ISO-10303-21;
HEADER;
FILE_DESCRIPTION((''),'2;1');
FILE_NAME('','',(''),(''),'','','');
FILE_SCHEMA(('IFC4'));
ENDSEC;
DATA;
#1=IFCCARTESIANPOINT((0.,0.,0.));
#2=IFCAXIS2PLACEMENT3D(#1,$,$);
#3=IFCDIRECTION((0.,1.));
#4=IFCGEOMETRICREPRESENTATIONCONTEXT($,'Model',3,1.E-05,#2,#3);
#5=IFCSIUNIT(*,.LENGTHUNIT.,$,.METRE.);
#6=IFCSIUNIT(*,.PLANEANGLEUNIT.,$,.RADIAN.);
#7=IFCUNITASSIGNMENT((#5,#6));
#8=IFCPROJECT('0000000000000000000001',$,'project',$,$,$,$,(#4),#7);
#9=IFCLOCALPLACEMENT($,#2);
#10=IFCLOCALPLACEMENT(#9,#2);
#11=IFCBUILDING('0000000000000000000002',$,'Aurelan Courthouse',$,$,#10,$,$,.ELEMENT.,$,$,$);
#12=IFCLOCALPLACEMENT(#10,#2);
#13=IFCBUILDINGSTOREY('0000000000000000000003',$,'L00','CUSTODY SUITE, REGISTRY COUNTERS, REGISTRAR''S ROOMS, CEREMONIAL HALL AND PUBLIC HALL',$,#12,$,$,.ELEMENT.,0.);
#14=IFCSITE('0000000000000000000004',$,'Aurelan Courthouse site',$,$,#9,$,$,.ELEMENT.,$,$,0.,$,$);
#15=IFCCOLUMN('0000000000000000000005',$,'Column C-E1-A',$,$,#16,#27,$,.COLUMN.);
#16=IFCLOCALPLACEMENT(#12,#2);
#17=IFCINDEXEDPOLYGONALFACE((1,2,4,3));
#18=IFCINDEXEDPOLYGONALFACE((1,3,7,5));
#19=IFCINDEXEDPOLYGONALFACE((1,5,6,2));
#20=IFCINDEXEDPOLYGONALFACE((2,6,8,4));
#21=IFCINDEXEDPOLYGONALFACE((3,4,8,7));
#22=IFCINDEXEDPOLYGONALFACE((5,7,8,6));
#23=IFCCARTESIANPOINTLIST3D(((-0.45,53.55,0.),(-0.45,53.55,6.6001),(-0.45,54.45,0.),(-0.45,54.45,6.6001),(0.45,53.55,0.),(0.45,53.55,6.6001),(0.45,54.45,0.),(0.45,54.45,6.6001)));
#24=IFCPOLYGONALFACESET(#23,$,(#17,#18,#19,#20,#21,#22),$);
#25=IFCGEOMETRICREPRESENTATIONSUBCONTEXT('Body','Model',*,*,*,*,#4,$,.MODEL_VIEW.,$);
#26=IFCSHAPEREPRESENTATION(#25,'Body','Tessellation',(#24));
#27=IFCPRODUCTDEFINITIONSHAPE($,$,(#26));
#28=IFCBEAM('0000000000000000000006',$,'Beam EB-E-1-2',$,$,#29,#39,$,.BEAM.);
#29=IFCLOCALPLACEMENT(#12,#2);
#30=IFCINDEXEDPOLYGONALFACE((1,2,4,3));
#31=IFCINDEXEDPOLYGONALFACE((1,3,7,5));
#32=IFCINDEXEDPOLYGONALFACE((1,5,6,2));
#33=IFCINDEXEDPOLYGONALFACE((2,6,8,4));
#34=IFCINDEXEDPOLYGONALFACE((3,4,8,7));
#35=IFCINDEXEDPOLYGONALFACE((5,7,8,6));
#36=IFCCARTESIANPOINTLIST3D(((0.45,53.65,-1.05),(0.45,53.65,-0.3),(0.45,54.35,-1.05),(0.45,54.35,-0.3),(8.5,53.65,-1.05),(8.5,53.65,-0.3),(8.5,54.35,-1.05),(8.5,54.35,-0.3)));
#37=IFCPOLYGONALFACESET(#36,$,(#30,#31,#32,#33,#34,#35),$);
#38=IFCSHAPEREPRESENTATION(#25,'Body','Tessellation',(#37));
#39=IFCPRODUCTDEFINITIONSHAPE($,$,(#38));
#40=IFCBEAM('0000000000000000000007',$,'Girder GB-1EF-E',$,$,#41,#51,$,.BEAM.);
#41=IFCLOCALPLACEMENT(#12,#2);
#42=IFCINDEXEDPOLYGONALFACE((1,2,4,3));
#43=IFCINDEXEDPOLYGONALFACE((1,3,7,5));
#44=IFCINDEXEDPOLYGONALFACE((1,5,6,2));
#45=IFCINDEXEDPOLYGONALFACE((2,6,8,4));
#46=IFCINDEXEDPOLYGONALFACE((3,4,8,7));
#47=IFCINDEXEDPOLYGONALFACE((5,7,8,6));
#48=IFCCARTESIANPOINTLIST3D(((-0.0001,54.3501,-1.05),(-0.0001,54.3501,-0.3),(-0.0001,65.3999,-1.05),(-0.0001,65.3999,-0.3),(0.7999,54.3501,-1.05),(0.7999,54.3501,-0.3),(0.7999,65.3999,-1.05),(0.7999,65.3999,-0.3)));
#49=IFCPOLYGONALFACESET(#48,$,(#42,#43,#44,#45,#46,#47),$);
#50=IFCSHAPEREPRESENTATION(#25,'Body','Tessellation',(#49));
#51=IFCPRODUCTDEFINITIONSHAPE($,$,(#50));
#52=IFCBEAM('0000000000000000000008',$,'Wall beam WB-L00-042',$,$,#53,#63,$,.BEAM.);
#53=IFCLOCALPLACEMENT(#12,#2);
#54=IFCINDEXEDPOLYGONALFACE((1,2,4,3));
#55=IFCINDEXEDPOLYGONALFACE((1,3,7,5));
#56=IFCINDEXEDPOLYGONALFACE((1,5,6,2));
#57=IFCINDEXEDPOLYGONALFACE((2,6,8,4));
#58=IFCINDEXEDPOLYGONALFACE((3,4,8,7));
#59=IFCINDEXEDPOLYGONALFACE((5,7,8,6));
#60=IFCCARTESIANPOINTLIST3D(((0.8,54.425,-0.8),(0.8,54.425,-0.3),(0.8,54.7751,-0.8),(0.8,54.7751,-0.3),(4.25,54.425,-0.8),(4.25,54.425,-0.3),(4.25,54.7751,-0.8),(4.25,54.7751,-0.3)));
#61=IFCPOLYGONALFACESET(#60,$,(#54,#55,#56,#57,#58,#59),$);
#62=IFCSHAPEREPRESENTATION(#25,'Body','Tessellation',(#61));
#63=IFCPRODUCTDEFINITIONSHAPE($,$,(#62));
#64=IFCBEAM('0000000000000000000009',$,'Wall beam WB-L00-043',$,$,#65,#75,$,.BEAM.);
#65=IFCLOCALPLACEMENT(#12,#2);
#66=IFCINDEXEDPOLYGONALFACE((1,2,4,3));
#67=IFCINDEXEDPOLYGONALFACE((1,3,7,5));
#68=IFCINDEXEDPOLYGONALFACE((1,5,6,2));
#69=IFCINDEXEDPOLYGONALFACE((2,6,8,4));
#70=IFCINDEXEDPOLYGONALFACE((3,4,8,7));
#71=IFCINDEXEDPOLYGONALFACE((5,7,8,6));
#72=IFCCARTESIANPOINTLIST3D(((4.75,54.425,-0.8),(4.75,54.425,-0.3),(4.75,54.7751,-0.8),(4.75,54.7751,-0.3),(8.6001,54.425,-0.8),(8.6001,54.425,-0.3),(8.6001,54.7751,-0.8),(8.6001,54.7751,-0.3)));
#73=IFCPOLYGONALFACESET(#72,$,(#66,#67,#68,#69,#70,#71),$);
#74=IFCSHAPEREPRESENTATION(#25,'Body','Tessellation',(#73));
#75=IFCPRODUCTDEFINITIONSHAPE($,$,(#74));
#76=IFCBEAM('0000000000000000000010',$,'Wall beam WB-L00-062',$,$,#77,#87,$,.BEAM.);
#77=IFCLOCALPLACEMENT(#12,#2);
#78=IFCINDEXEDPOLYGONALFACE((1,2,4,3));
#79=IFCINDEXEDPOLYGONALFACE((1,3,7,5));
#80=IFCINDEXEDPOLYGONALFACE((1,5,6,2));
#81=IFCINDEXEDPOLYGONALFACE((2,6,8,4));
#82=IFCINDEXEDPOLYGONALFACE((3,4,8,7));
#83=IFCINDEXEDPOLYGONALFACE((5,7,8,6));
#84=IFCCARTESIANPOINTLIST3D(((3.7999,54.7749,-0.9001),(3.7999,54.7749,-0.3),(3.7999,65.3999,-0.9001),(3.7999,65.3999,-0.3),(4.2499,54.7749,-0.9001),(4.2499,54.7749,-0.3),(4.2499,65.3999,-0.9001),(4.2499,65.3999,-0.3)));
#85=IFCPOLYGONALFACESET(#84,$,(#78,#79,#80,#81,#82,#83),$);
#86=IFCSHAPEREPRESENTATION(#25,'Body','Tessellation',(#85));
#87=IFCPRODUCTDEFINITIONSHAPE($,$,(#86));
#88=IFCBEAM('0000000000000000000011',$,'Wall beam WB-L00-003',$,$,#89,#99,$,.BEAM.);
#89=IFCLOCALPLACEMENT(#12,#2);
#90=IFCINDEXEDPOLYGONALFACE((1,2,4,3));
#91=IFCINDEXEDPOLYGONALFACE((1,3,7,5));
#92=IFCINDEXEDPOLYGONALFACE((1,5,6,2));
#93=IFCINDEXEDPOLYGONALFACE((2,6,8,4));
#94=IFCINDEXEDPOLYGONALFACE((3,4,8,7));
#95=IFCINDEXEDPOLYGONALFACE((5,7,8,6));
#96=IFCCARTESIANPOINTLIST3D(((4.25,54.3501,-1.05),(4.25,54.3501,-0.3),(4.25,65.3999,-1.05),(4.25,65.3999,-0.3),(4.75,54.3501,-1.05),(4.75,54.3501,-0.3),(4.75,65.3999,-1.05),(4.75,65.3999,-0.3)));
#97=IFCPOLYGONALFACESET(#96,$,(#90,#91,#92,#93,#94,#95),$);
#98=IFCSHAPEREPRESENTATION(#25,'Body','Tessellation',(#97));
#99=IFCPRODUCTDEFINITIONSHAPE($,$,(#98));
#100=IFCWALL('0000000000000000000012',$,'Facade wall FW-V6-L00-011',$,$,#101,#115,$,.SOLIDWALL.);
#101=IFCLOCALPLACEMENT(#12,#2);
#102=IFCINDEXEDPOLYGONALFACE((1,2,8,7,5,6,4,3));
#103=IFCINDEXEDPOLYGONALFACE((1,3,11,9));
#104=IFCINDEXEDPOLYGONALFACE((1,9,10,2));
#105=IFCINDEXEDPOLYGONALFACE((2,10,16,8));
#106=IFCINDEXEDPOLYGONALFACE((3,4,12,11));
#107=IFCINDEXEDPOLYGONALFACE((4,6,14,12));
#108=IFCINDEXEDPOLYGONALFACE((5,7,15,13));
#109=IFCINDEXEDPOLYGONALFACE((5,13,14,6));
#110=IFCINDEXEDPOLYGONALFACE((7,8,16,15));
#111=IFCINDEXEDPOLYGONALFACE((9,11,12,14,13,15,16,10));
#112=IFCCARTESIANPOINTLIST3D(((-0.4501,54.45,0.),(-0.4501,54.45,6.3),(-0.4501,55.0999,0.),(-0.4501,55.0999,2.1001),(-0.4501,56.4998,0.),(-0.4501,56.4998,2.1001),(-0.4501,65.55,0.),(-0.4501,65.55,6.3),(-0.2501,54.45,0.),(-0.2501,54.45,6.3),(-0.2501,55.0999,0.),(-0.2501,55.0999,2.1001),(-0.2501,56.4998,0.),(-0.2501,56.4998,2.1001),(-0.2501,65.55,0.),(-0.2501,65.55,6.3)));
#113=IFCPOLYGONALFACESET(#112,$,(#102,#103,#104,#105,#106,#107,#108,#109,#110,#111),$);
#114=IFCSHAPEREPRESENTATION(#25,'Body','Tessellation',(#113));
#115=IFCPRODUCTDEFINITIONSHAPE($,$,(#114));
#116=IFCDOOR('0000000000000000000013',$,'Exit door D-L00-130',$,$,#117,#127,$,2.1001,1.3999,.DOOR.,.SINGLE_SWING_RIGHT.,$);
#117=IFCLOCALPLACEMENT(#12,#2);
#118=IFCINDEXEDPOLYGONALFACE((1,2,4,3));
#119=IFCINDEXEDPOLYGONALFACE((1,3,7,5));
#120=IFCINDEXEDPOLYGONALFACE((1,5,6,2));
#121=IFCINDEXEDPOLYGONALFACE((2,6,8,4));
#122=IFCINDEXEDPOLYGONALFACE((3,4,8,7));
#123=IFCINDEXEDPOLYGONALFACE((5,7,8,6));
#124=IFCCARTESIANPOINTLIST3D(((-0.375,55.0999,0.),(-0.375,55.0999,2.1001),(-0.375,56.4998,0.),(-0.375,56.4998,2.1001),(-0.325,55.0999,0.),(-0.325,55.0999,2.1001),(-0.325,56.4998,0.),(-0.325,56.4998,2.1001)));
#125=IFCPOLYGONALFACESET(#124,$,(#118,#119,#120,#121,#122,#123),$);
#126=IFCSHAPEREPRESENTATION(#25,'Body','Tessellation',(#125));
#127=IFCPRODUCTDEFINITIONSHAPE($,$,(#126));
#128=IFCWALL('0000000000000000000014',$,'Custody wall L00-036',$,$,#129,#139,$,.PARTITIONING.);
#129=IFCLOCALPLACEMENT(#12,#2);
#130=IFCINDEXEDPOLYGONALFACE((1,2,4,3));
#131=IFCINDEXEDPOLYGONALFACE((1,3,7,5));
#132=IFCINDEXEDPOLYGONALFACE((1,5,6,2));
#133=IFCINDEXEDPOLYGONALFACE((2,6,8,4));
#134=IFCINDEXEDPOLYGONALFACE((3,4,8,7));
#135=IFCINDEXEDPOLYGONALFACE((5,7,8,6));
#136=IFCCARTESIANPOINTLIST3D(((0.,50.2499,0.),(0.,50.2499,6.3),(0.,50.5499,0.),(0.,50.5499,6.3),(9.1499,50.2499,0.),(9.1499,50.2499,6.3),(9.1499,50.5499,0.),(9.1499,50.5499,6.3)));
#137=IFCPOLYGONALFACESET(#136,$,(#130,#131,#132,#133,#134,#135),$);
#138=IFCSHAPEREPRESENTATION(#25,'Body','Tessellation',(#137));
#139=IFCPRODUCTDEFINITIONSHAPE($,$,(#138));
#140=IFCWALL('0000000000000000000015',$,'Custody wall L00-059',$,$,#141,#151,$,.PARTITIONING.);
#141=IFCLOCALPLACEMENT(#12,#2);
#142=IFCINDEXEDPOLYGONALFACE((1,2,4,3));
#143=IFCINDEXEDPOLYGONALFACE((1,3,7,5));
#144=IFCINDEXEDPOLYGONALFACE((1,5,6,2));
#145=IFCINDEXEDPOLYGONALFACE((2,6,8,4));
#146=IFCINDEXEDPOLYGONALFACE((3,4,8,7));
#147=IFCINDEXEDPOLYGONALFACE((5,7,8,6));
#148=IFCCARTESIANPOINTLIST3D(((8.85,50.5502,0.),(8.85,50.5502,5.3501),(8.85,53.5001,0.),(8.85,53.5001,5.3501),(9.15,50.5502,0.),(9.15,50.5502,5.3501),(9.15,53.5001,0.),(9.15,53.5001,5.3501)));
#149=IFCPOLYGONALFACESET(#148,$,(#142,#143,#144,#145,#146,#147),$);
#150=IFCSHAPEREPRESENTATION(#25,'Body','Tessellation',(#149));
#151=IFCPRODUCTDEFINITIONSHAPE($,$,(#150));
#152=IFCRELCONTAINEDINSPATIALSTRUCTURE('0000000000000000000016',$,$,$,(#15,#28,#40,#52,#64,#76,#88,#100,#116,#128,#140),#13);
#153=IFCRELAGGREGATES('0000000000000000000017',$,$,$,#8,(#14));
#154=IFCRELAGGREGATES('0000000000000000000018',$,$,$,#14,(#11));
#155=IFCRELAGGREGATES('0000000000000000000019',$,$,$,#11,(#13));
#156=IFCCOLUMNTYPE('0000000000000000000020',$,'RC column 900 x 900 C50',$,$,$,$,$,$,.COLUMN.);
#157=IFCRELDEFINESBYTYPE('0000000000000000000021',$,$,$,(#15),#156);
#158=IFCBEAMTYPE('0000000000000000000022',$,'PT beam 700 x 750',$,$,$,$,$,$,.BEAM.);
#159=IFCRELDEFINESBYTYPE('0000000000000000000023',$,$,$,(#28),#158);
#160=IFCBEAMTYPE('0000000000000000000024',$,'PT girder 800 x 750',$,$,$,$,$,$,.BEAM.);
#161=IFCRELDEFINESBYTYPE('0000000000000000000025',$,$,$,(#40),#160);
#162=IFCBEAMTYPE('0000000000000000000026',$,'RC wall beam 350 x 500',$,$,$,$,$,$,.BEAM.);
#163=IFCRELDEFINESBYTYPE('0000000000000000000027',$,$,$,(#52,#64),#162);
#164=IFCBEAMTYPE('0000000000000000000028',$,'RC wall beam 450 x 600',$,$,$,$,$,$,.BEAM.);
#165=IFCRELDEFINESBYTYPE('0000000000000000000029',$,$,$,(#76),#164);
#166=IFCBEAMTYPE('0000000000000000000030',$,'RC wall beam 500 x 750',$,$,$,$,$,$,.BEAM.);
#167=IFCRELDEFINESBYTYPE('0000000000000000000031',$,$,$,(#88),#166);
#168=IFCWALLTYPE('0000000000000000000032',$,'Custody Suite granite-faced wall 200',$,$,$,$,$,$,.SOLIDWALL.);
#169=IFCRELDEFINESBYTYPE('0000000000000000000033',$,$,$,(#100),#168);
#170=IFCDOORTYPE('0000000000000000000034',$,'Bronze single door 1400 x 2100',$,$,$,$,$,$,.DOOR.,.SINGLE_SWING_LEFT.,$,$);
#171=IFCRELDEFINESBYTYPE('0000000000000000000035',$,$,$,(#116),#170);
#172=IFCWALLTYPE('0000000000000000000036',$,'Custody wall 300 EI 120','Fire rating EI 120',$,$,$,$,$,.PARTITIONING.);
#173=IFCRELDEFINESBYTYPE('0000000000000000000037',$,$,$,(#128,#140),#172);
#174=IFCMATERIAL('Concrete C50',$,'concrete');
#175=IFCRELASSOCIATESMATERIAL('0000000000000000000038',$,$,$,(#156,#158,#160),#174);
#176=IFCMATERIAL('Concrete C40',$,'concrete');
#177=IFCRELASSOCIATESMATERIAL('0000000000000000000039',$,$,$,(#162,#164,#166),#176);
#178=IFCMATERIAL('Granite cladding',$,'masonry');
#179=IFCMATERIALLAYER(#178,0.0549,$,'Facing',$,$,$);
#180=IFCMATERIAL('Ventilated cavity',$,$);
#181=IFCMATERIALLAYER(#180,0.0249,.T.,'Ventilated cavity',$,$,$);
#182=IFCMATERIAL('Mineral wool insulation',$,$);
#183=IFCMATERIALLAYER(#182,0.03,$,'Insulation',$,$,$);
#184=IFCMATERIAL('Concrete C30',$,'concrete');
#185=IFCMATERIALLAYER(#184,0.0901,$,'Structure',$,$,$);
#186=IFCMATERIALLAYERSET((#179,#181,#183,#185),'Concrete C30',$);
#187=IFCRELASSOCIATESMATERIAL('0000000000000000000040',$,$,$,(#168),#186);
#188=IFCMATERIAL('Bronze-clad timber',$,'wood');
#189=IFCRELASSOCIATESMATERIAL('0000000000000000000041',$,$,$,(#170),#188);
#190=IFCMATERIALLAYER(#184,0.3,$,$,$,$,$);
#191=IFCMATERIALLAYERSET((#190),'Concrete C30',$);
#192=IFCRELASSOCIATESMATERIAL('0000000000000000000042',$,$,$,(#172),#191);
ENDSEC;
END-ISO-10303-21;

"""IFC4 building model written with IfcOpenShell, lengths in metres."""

from ifc_helpers import new_model, si_unit, direction, frame, frame_2d, origin, origin_2d, place, context, subcontext, project, spatial, rectangle, extrude, material, layer, layer_set, material_profile, profile_set, type_object, element, fill, save


model = new_model("IFC4")

# Units and contexts
model_context = context("Model", 3, precision=1e-05, world=origin(), true_north=direction((0.0, 1.0)))
body_context = subcontext(model_context, "Body", "Model", "MODEL_VIEW")
ifc_project = project(units=[si_unit("LENGTHUNIT", "METRE"), si_unit("PLANEANGLEUNIT", "RADIAN")], contexts=[model_context])

# Site, building, storey
site_placement = place(None, origin())
site = spatial("IfcSite", under=ifc_project, at=site_placement, Name="Aurelan Courthouse site", CompositionType="ELEMENT", RefElevation=0.0)
building_placement = place(site_placement, origin())
building = spatial("IfcBuilding", under=site, at=building_placement, Name="Aurelan Courthouse", CompositionType="ELEMENT")
storey_placement = place(building_placement, origin())
storey = spatial("IfcBuildingStorey", under=building, at=storey_placement, Name="L00", Description="CUSTODY SUITE, REGISTRY COUNTERS, REGISTRAR'S ROOMS, CEREMONIAL HALL AND PUBLIC HALL", CompositionType="ELEMENT", Elevation=0.0)

# Column
ifc_material_1 = material(Name="Concrete C50", Category="concrete")
ifc_material_profile_1 = material_profile(ifc_material_1, rectangle(XDim=0.8999, YDim=0.8999, at=origin_2d()), Name="RC 900 x 900")
ifc_profile_set_1 = profile_set([ifc_material_profile_1], Name="Concrete C50")
column_type = type_object("IfcColumnType", Name="RC column 900 x 900 C50", PredefinedType="COLUMN", material=ifc_profile_set_1)
column_placement = place(storey_placement, frame((0.0, 54.0, 0.0), z_axis=(0.0, 0.0, 1.0), x_axis=(1.0, 0.0, 0.0)))
element("IfcColumn", 1, at=column_placement, inside=storey, type_object=column_type, Name="Column C-E1-A", PredefinedType="COLUMN", context=body_context, shape_type="SweptSolid", body=[
    extrude(rectangle(XDim=0.8999, YDim=0.8999, at=origin_2d()), origin(), (0.0, 0.0, 1.0), 6.6001),
])

# Beams
ifc_material_profile_2 = material_profile(ifc_material_1, rectangle(XDim=0.7, YDim=0.75, at=origin_2d()), Name="RC 700 x 750")
ifc_profile_set_2 = profile_set([ifc_material_profile_2], Name="Concrete C50")
beam_type_1 = type_object("IfcBeamType", Name="PT beam 700 x 750", PredefinedType="BEAM", material=ifc_profile_set_2)
beam_1_placement = place(storey_placement, frame((0.45, 54.0, -0.675), z_axis=(1.0, 0.0, 0.0), x_axis=(0.0, 1.0, 0.0)))
element("IfcBeam", 2, at=beam_1_placement, inside=storey, type_object=beam_type_1, Name="Beam EB-E-1-2", PredefinedType="BEAM", context=body_context, shape_type="SweptSolid", body=[
    extrude(rectangle(XDim=0.7, YDim=0.75, at=origin_2d()), origin(), (0.0, 0.0, 1.0), 8.05),
])
ifc_material_profile_3 = material_profile(ifc_material_1, rectangle(XDim=0.8, YDim=0.75, at=origin_2d()), Name="RC 800 x 750")
ifc_profile_set_3 = profile_set([ifc_material_profile_3], Name="Concrete C50")
beam_type_2 = type_object("IfcBeamType", Name="PT girder 800 x 750", PredefinedType="BEAM", material=ifc_profile_set_3)
beam_2_placement = place(storey_placement, frame((0.3999, 54.3501, -0.675), z_axis=(0.0, 1.0, 0.0), x_axis=(-1.0, 0.0, 0.0)))
element("IfcBeam", 3, at=beam_2_placement, inside=storey, type_object=beam_type_2, Name="Girder GB-1EF-E", PredefinedType="BEAM", context=body_context, shape_type="SweptSolid", body=[
    extrude(rectangle(XDim=0.8, YDim=0.75, at=origin_2d()), origin(), (0.0, 0.0, 1.0), 11.0498),
])
ifc_material_2 = material(Name="Concrete C40", Category="concrete")
ifc_material_profile_4 = material_profile(ifc_material_2, rectangle(XDim=0.3501, YDim=0.5, at=origin_2d()), Name="RC 350 x 500")
ifc_profile_set_4 = profile_set([ifc_material_profile_4], Name="Concrete C40")
beam_type_3 = type_object("IfcBeamType", Name="RC wall beam 350 x 500", PredefinedType="BEAM", material=ifc_profile_set_4)
beam_3_placement = place(storey_placement, frame((0.8, 54.6001, -0.55), z_axis=(1.0, 0.0, 0.0), x_axis=(0.0, 1.0, 0.0)))
element("IfcBeam", 4, at=beam_3_placement, inside=storey, type_object=beam_type_3, Name="Wall beam WB-L00-042", PredefinedType="BEAM", context=body_context, shape_type="SweptSolid", body=[
    extrude(rectangle(XDim=0.3501, YDim=0.5, at=origin_2d()), origin(), (0.0, 0.0, 1.0), 3.45),
])
beam_4_placement = place(storey_placement, frame((4.75, 54.6001, -0.55), z_axis=(1.0, 0.0, 0.0), x_axis=(0.0, 1.0, 0.0)))
element("IfcBeam", 5, at=beam_4_placement, inside=storey, type_object=beam_type_3, Name="Wall beam WB-L00-043", PredefinedType="BEAM", context=body_context, shape_type="SweptSolid", body=[
    extrude(rectangle(XDim=0.3501, YDim=0.5, at=origin_2d()), origin(), (0.0, 0.0, 1.0), 3.8501),
])
ifc_material_profile_5 = material_profile(ifc_material_2, rectangle(XDim=0.45, YDim=0.6001, at=origin_2d()), Name="RC 450 x 600")
ifc_profile_set_5 = profile_set([ifc_material_profile_5], Name="Concrete C40")
beam_type_4 = type_object("IfcBeamType", Name="RC wall beam 450 x 600", PredefinedType="BEAM", material=ifc_profile_set_5)
beam_5_placement = place(storey_placement, frame((4.0249, 54.7749, -0.6001), z_axis=(0.0, 1.0, 0.0), x_axis=(-1.0, 0.0, 0.0)))
element("IfcBeam", 6, at=beam_5_placement, inside=storey, type_object=beam_type_4, Name="Wall beam WB-L00-062", PredefinedType="BEAM", context=body_context, shape_type="SweptSolid", body=[
    extrude(rectangle(XDim=0.45, YDim=0.6001, at=origin_2d()), origin(), (0.0, 0.0, 1.0), 10.625),
])
ifc_material_profile_6 = material_profile(ifc_material_2, rectangle(XDim=0.5, YDim=0.75, at=origin_2d()), Name="RC 500 x 750")
ifc_profile_set_6 = profile_set([ifc_material_profile_6], Name="Concrete C40")
beam_type_5 = type_object("IfcBeamType", Name="RC wall beam 500 x 750", PredefinedType="BEAM", material=ifc_profile_set_6)
beam_6_placement = place(storey_placement, frame((4.5, 54.3501, -0.675), z_axis=(0.0, 1.0, 0.0), x_axis=(-1.0, 0.0, 0.0)))
element("IfcBeam", 7, at=beam_6_placement, inside=storey, type_object=beam_type_5, Name="Wall beam WB-L00-003", PredefinedType="BEAM", context=body_context, shape_type="SweptSolid", body=[
    extrude(rectangle(XDim=0.5, YDim=0.75, at=origin_2d()), origin(), (0.0, 0.0, 1.0), 11.0498),
])

# Wall, opening, door
ifc_material_3 = material(Name="Granite cladding", Category="masonry")
ifc_layer_1 = layer(ifc_material_3, 0.0549, Name="Facing")
ifc_material_4 = material(Name="Ventilated cavity")
ifc_layer_2 = layer(ifc_material_4, 0.0249, ventilated=True, Name="Ventilated cavity")
ifc_material_5 = material(Name="Mineral wool insulation")
ifc_layer_3 = layer(ifc_material_5, 0.03, Name="Insulation")
ifc_material_6 = material(Name="Concrete C30", Category="concrete")
ifc_layer_4 = layer(ifc_material_6, 0.0901, Name="Structure")
ifc_layer_set_1 = layer_set([ifc_layer_1, ifc_layer_2, ifc_layer_3, ifc_layer_4], Name="Concrete C30")
wall_type_1 = type_object("IfcWallType", Name="Custody Suite granite-faced wall 200", PredefinedType="SOLIDWALL", material=ifc_layer_set_1)
wall_1_placement = place(storey_placement, frame((-0.3501, 54.45, 0.0), z_axis=(0.0, 0.0, 1.0), x_axis=(0.0, 1.0, 0.0)))
wall_1 = element("IfcWall", 8, at=wall_1_placement, inside=storey, type_object=wall_type_1, Name="Facade wall FW-V6-L00-011", PredefinedType="SOLIDWALL", context=body_context, shape_type="SweptSolid", body=[
    extrude(rectangle(XDim=11.1001, YDim=0.2, at=frame_2d((5.55, 0.0))), origin(), (0.0, 0.0, 1.0), 6.3),
])
opening_1_placement = place(wall_1_placement, frame((0.6499, 0.0, 0.0)))
opening_1 = element("IfcOpeningElement", 9, at=opening_1_placement, cuts=wall_1, PredefinedType="OPENING", context=body_context, shape_type="SweptSolid", body=[
    extrude(rectangle(XDim=1.3999, YDim=2.1001, at=frame_2d((0.7, 1.05))), frame((0.0, 0.1099, 0.0), z_axis=(0.0, -1.0, 0.0), x_axis=(1.0, 0.0, 0.0)), (0.0, 0.0, 1.0), 0.22),
])
ifc_material_7 = material(Name="Bronze-clad timber", Category="wood")
door_type_1 = type_object("IfcDoorType", Name="Bronze single door 1400 x 2100", OperationType="SINGLE_SWING_LEFT", PredefinedType="DOOR", material=ifc_material_7)
door_1_placement = place(opening_1_placement, origin())
door_1 = element("IfcDoor", 10, at=door_1_placement, inside=storey, type_object=door_type_1, Name="Exit door D-L00-130", OperationType="SINGLE_SWING_RIGHT", OverallHeight=2.1001, OverallWidth=1.3999, PredefinedType="DOOR", context=body_context, shape_type="SweptSolid", body=[
    extrude(rectangle(XDim=1.3999, YDim=2.1001, at=frame_2d((0.7, 1.05))), frame((0.0, 0.0249, 0.0), z_axis=(0.0, -1.0, 0.0), x_axis=(1.0, 0.0, 0.0)), (0.0, 0.0, 1.0), 0.05),
])
fill(opening_1, door_1)

# Walls
ifc_layer_5 = layer(ifc_material_6, 0.3)
ifc_layer_set_2 = layer_set([ifc_layer_5], Name="Concrete C30")
wall_type_2 = type_object("IfcWallType", Name="Custody wall 300 EI 120", Description="Fire rating EI 120", PredefinedType="PARTITIONING", material=ifc_layer_set_2)
wall_2_placement = place(storey_placement, frame((0.0, 50.3999, 0.0), z_axis=(0.0, 0.0, 1.0), x_axis=(1.0, 0.0, 0.0)))
element("IfcWall", 11, at=wall_2_placement, inside=storey, type_object=wall_type_2, Name="Custody wall L00-036", PredefinedType="PARTITIONING", context=body_context, shape_type="SweptSolid", body=[
    extrude(rectangle(XDim=9.1499, YDim=0.3, at=frame_2d((4.575, 0.0))), origin(), (0.0, 0.0, 1.0), 6.3),
])
wall_3_placement = place(storey_placement, frame((9.0, 50.55, 0.0), z_axis=(0.0, 0.0, 1.0), x_axis=(0.0, 1.0, 0.0)))
element("IfcWall", 12, at=wall_3_placement, inside=storey, type_object=wall_type_2, Name="Custody wall L00-059", PredefinedType="PARTITIONING", context=body_context, shape_type="SweptSolid", body=[
    extrude(rectangle(XDim=2.95, YDim=0.3, at=frame_2d((1.4751, 0.0))), origin(), (0.0, 0.0, 1.0), 5.3501),
])

save(model, "model.ifc")
